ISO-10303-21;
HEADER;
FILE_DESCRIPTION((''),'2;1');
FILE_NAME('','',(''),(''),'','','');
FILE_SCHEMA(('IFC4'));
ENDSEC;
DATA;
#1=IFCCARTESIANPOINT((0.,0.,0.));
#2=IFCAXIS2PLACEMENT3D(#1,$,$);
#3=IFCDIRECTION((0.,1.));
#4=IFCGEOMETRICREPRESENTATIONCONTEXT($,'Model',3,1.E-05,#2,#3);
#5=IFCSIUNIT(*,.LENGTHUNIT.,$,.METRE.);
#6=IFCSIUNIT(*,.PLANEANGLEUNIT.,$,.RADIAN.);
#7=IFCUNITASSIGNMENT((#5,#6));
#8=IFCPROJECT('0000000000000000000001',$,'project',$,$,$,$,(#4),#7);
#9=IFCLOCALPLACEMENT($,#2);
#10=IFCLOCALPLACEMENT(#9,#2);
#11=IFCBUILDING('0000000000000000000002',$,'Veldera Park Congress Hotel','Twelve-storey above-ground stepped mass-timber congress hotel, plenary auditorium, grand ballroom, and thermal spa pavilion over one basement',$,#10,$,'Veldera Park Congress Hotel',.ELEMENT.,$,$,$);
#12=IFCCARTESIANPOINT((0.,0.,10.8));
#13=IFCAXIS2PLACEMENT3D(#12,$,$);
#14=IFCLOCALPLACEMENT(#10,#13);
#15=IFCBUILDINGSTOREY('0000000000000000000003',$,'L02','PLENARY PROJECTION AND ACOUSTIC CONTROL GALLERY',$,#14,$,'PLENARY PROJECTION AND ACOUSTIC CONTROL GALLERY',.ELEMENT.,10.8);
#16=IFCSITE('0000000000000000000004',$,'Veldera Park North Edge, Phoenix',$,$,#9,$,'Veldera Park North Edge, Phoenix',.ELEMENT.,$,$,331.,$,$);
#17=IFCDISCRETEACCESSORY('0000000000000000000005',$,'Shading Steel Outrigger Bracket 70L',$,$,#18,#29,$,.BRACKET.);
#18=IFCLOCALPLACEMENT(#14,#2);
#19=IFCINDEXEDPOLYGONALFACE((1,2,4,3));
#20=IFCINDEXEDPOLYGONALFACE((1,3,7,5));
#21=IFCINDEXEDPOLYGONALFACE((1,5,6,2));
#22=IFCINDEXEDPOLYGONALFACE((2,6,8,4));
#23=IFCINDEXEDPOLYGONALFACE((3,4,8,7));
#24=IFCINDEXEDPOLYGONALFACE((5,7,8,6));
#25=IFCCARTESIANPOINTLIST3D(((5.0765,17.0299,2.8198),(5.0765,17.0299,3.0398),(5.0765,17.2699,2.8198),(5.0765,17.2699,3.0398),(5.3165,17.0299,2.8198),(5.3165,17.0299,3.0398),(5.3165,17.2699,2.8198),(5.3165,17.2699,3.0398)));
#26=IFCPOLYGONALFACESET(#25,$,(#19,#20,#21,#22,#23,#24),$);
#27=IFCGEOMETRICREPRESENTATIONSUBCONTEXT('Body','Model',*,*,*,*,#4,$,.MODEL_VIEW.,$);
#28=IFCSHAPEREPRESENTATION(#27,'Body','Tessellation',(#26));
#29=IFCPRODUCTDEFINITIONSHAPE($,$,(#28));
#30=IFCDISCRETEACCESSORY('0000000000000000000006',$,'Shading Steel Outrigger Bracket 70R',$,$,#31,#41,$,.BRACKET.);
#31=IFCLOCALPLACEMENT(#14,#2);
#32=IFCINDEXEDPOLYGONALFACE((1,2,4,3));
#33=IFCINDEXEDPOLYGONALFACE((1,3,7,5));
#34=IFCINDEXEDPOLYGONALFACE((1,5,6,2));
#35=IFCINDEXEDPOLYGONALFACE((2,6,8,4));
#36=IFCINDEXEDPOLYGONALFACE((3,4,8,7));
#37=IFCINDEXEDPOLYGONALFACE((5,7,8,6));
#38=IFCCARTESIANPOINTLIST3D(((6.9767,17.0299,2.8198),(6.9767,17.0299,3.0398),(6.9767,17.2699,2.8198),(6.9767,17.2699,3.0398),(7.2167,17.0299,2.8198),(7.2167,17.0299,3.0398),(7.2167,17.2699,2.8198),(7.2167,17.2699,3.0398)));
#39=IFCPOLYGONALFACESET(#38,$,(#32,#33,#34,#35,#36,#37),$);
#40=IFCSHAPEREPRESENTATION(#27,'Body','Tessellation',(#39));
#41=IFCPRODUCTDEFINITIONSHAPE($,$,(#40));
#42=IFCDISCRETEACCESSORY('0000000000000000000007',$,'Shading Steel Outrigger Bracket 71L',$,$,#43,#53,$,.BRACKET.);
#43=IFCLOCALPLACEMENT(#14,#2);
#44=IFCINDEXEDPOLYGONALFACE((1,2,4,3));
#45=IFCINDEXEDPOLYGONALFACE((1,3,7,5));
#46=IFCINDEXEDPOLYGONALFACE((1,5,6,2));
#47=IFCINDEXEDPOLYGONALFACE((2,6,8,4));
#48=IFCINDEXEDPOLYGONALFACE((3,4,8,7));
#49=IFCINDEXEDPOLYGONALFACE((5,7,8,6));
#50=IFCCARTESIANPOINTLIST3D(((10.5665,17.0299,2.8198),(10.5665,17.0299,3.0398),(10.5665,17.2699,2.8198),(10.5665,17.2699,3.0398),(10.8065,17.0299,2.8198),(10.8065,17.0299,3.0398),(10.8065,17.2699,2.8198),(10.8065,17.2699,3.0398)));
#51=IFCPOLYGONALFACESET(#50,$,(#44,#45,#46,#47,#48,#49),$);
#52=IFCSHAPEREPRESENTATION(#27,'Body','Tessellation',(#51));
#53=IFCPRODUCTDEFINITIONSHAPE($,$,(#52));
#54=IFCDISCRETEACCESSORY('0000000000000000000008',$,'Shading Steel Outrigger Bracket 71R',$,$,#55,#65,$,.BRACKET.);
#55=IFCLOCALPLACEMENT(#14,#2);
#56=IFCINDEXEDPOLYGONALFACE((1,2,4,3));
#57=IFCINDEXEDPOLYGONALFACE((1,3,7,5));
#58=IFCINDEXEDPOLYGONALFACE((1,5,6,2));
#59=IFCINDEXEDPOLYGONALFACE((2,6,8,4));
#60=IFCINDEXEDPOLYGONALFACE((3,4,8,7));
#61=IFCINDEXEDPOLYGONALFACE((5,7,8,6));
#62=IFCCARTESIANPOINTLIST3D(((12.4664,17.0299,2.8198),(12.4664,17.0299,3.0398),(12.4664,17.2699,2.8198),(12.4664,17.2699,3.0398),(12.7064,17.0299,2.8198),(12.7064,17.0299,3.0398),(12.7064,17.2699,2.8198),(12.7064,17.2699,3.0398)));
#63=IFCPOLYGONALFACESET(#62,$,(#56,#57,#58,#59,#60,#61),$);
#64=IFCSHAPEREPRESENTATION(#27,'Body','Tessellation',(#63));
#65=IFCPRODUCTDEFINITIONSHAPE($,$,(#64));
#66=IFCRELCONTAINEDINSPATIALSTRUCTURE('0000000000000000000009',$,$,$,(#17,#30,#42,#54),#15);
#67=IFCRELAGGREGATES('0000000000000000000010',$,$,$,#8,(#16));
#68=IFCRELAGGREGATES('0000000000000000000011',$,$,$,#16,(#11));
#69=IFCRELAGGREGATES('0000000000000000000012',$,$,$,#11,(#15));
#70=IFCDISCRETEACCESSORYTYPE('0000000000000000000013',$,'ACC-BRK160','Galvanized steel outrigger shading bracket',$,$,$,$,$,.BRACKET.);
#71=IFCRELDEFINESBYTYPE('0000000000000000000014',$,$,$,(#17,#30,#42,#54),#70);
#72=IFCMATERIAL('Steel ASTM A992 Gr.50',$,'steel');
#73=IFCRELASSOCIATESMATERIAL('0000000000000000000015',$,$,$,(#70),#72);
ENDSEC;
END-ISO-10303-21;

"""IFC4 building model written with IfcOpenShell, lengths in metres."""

from ifc_helpers import new_model, si_unit, direction, frame, origin, origin_2d, place, context, subcontext, project, spatial, rectangle, extrude, material, type_object, element, save


model = new_model("IFC4")

# Units and contexts
model_context = context("Model", 3, precision=1e-05, world=origin(), true_north=direction((0.0, 1.0)))
body_context = subcontext(model_context, "Body", "Model", "MODEL_VIEW")
ifc_project = project(units=[si_unit("LENGTHUNIT", "METRE"), si_unit("PLANEANGLEUNIT", "RADIAN")], contexts=[model_context])

# Site, building, storey
site_placement = place(None, origin())
site = spatial("IfcSite", under=ifc_project, at=site_placement, Name="Veldera Park North Edge, Phoenix", LongName="Veldera Park North Edge, Phoenix", CompositionType="ELEMENT", RefElevation=331.0)
building_placement = place(site_placement, origin())
building = spatial("IfcBuilding", under=site, at=building_placement, Name="Veldera Park Congress Hotel", Description="Twelve-storey above-ground stepped mass-timber congress hotel, plenary auditorium, grand ballroom, and thermal spa pavilion over one basement", LongName="Veldera Park Congress Hotel", CompositionType="ELEMENT")
storey_placement = place(building_placement, frame((0.0, 0.0, 10.8)))
storey = spatial("IfcBuildingStorey", under=building, at=storey_placement, Name="L02", Description="PLENARY PROJECTION AND ACOUSTIC CONTROL GALLERY", LongName="PLENARY PROJECTION AND ACOUSTIC CONTROL GALLERY", CompositionType="ELEMENT", Elevation=10.8)

# Shared definitions
ifc_material_1 = material(Name="Steel ASTM A992 Gr.50", Category="steel")

# Discrete accessories
discrete_accessory_type = type_object("IfcDiscreteAccessoryType", Name="ACC-BRK160", Description="Galvanized steel outrigger shading bracket", PredefinedType="BRACKET", material=ifc_material_1)
for number, where, z_axis, x_axis, name in (
    (1, (5.1965, 17.1499, 2.8198), (0.0, 0.0, 1.0), (1.0, 0.0, 0.0), "Shading Steel Outrigger Bracket 70L"),
    (2, (7.0967, 17.1499, 2.8198), (0.0, 0.0, 1.0), (1.0, 0.0, 0.0), "Shading Steel Outrigger Bracket 70R"),
    (3, (10.6865, 17.1499, 2.8198), (0.0, 0.0, 1.0), (1.0, 0.0, 0.0), "Shading Steel Outrigger Bracket 71L"),
    (4, (12.5864, 17.1499, 2.8198), (0.0, 0.0, 1.0), (1.0, 0.0, 0.0), "Shading Steel Outrigger Bracket 71R"),
):
    element("IfcDiscreteAccessory", number, at=place(storey_placement, frame(where, z_axis=z_axis, x_axis=x_axis)), inside=storey, type_object=discrete_accessory_type, Name=name, PredefinedType="BRACKET", context=body_context, shape_type="SweptSolid", body=[
        extrude(rectangle(XDim=0.24, YDim=0.24, at=origin_2d()), origin(), (0.0, 0.0, 1.0), 0.22),
    ])

save(model, "model.ifc")
